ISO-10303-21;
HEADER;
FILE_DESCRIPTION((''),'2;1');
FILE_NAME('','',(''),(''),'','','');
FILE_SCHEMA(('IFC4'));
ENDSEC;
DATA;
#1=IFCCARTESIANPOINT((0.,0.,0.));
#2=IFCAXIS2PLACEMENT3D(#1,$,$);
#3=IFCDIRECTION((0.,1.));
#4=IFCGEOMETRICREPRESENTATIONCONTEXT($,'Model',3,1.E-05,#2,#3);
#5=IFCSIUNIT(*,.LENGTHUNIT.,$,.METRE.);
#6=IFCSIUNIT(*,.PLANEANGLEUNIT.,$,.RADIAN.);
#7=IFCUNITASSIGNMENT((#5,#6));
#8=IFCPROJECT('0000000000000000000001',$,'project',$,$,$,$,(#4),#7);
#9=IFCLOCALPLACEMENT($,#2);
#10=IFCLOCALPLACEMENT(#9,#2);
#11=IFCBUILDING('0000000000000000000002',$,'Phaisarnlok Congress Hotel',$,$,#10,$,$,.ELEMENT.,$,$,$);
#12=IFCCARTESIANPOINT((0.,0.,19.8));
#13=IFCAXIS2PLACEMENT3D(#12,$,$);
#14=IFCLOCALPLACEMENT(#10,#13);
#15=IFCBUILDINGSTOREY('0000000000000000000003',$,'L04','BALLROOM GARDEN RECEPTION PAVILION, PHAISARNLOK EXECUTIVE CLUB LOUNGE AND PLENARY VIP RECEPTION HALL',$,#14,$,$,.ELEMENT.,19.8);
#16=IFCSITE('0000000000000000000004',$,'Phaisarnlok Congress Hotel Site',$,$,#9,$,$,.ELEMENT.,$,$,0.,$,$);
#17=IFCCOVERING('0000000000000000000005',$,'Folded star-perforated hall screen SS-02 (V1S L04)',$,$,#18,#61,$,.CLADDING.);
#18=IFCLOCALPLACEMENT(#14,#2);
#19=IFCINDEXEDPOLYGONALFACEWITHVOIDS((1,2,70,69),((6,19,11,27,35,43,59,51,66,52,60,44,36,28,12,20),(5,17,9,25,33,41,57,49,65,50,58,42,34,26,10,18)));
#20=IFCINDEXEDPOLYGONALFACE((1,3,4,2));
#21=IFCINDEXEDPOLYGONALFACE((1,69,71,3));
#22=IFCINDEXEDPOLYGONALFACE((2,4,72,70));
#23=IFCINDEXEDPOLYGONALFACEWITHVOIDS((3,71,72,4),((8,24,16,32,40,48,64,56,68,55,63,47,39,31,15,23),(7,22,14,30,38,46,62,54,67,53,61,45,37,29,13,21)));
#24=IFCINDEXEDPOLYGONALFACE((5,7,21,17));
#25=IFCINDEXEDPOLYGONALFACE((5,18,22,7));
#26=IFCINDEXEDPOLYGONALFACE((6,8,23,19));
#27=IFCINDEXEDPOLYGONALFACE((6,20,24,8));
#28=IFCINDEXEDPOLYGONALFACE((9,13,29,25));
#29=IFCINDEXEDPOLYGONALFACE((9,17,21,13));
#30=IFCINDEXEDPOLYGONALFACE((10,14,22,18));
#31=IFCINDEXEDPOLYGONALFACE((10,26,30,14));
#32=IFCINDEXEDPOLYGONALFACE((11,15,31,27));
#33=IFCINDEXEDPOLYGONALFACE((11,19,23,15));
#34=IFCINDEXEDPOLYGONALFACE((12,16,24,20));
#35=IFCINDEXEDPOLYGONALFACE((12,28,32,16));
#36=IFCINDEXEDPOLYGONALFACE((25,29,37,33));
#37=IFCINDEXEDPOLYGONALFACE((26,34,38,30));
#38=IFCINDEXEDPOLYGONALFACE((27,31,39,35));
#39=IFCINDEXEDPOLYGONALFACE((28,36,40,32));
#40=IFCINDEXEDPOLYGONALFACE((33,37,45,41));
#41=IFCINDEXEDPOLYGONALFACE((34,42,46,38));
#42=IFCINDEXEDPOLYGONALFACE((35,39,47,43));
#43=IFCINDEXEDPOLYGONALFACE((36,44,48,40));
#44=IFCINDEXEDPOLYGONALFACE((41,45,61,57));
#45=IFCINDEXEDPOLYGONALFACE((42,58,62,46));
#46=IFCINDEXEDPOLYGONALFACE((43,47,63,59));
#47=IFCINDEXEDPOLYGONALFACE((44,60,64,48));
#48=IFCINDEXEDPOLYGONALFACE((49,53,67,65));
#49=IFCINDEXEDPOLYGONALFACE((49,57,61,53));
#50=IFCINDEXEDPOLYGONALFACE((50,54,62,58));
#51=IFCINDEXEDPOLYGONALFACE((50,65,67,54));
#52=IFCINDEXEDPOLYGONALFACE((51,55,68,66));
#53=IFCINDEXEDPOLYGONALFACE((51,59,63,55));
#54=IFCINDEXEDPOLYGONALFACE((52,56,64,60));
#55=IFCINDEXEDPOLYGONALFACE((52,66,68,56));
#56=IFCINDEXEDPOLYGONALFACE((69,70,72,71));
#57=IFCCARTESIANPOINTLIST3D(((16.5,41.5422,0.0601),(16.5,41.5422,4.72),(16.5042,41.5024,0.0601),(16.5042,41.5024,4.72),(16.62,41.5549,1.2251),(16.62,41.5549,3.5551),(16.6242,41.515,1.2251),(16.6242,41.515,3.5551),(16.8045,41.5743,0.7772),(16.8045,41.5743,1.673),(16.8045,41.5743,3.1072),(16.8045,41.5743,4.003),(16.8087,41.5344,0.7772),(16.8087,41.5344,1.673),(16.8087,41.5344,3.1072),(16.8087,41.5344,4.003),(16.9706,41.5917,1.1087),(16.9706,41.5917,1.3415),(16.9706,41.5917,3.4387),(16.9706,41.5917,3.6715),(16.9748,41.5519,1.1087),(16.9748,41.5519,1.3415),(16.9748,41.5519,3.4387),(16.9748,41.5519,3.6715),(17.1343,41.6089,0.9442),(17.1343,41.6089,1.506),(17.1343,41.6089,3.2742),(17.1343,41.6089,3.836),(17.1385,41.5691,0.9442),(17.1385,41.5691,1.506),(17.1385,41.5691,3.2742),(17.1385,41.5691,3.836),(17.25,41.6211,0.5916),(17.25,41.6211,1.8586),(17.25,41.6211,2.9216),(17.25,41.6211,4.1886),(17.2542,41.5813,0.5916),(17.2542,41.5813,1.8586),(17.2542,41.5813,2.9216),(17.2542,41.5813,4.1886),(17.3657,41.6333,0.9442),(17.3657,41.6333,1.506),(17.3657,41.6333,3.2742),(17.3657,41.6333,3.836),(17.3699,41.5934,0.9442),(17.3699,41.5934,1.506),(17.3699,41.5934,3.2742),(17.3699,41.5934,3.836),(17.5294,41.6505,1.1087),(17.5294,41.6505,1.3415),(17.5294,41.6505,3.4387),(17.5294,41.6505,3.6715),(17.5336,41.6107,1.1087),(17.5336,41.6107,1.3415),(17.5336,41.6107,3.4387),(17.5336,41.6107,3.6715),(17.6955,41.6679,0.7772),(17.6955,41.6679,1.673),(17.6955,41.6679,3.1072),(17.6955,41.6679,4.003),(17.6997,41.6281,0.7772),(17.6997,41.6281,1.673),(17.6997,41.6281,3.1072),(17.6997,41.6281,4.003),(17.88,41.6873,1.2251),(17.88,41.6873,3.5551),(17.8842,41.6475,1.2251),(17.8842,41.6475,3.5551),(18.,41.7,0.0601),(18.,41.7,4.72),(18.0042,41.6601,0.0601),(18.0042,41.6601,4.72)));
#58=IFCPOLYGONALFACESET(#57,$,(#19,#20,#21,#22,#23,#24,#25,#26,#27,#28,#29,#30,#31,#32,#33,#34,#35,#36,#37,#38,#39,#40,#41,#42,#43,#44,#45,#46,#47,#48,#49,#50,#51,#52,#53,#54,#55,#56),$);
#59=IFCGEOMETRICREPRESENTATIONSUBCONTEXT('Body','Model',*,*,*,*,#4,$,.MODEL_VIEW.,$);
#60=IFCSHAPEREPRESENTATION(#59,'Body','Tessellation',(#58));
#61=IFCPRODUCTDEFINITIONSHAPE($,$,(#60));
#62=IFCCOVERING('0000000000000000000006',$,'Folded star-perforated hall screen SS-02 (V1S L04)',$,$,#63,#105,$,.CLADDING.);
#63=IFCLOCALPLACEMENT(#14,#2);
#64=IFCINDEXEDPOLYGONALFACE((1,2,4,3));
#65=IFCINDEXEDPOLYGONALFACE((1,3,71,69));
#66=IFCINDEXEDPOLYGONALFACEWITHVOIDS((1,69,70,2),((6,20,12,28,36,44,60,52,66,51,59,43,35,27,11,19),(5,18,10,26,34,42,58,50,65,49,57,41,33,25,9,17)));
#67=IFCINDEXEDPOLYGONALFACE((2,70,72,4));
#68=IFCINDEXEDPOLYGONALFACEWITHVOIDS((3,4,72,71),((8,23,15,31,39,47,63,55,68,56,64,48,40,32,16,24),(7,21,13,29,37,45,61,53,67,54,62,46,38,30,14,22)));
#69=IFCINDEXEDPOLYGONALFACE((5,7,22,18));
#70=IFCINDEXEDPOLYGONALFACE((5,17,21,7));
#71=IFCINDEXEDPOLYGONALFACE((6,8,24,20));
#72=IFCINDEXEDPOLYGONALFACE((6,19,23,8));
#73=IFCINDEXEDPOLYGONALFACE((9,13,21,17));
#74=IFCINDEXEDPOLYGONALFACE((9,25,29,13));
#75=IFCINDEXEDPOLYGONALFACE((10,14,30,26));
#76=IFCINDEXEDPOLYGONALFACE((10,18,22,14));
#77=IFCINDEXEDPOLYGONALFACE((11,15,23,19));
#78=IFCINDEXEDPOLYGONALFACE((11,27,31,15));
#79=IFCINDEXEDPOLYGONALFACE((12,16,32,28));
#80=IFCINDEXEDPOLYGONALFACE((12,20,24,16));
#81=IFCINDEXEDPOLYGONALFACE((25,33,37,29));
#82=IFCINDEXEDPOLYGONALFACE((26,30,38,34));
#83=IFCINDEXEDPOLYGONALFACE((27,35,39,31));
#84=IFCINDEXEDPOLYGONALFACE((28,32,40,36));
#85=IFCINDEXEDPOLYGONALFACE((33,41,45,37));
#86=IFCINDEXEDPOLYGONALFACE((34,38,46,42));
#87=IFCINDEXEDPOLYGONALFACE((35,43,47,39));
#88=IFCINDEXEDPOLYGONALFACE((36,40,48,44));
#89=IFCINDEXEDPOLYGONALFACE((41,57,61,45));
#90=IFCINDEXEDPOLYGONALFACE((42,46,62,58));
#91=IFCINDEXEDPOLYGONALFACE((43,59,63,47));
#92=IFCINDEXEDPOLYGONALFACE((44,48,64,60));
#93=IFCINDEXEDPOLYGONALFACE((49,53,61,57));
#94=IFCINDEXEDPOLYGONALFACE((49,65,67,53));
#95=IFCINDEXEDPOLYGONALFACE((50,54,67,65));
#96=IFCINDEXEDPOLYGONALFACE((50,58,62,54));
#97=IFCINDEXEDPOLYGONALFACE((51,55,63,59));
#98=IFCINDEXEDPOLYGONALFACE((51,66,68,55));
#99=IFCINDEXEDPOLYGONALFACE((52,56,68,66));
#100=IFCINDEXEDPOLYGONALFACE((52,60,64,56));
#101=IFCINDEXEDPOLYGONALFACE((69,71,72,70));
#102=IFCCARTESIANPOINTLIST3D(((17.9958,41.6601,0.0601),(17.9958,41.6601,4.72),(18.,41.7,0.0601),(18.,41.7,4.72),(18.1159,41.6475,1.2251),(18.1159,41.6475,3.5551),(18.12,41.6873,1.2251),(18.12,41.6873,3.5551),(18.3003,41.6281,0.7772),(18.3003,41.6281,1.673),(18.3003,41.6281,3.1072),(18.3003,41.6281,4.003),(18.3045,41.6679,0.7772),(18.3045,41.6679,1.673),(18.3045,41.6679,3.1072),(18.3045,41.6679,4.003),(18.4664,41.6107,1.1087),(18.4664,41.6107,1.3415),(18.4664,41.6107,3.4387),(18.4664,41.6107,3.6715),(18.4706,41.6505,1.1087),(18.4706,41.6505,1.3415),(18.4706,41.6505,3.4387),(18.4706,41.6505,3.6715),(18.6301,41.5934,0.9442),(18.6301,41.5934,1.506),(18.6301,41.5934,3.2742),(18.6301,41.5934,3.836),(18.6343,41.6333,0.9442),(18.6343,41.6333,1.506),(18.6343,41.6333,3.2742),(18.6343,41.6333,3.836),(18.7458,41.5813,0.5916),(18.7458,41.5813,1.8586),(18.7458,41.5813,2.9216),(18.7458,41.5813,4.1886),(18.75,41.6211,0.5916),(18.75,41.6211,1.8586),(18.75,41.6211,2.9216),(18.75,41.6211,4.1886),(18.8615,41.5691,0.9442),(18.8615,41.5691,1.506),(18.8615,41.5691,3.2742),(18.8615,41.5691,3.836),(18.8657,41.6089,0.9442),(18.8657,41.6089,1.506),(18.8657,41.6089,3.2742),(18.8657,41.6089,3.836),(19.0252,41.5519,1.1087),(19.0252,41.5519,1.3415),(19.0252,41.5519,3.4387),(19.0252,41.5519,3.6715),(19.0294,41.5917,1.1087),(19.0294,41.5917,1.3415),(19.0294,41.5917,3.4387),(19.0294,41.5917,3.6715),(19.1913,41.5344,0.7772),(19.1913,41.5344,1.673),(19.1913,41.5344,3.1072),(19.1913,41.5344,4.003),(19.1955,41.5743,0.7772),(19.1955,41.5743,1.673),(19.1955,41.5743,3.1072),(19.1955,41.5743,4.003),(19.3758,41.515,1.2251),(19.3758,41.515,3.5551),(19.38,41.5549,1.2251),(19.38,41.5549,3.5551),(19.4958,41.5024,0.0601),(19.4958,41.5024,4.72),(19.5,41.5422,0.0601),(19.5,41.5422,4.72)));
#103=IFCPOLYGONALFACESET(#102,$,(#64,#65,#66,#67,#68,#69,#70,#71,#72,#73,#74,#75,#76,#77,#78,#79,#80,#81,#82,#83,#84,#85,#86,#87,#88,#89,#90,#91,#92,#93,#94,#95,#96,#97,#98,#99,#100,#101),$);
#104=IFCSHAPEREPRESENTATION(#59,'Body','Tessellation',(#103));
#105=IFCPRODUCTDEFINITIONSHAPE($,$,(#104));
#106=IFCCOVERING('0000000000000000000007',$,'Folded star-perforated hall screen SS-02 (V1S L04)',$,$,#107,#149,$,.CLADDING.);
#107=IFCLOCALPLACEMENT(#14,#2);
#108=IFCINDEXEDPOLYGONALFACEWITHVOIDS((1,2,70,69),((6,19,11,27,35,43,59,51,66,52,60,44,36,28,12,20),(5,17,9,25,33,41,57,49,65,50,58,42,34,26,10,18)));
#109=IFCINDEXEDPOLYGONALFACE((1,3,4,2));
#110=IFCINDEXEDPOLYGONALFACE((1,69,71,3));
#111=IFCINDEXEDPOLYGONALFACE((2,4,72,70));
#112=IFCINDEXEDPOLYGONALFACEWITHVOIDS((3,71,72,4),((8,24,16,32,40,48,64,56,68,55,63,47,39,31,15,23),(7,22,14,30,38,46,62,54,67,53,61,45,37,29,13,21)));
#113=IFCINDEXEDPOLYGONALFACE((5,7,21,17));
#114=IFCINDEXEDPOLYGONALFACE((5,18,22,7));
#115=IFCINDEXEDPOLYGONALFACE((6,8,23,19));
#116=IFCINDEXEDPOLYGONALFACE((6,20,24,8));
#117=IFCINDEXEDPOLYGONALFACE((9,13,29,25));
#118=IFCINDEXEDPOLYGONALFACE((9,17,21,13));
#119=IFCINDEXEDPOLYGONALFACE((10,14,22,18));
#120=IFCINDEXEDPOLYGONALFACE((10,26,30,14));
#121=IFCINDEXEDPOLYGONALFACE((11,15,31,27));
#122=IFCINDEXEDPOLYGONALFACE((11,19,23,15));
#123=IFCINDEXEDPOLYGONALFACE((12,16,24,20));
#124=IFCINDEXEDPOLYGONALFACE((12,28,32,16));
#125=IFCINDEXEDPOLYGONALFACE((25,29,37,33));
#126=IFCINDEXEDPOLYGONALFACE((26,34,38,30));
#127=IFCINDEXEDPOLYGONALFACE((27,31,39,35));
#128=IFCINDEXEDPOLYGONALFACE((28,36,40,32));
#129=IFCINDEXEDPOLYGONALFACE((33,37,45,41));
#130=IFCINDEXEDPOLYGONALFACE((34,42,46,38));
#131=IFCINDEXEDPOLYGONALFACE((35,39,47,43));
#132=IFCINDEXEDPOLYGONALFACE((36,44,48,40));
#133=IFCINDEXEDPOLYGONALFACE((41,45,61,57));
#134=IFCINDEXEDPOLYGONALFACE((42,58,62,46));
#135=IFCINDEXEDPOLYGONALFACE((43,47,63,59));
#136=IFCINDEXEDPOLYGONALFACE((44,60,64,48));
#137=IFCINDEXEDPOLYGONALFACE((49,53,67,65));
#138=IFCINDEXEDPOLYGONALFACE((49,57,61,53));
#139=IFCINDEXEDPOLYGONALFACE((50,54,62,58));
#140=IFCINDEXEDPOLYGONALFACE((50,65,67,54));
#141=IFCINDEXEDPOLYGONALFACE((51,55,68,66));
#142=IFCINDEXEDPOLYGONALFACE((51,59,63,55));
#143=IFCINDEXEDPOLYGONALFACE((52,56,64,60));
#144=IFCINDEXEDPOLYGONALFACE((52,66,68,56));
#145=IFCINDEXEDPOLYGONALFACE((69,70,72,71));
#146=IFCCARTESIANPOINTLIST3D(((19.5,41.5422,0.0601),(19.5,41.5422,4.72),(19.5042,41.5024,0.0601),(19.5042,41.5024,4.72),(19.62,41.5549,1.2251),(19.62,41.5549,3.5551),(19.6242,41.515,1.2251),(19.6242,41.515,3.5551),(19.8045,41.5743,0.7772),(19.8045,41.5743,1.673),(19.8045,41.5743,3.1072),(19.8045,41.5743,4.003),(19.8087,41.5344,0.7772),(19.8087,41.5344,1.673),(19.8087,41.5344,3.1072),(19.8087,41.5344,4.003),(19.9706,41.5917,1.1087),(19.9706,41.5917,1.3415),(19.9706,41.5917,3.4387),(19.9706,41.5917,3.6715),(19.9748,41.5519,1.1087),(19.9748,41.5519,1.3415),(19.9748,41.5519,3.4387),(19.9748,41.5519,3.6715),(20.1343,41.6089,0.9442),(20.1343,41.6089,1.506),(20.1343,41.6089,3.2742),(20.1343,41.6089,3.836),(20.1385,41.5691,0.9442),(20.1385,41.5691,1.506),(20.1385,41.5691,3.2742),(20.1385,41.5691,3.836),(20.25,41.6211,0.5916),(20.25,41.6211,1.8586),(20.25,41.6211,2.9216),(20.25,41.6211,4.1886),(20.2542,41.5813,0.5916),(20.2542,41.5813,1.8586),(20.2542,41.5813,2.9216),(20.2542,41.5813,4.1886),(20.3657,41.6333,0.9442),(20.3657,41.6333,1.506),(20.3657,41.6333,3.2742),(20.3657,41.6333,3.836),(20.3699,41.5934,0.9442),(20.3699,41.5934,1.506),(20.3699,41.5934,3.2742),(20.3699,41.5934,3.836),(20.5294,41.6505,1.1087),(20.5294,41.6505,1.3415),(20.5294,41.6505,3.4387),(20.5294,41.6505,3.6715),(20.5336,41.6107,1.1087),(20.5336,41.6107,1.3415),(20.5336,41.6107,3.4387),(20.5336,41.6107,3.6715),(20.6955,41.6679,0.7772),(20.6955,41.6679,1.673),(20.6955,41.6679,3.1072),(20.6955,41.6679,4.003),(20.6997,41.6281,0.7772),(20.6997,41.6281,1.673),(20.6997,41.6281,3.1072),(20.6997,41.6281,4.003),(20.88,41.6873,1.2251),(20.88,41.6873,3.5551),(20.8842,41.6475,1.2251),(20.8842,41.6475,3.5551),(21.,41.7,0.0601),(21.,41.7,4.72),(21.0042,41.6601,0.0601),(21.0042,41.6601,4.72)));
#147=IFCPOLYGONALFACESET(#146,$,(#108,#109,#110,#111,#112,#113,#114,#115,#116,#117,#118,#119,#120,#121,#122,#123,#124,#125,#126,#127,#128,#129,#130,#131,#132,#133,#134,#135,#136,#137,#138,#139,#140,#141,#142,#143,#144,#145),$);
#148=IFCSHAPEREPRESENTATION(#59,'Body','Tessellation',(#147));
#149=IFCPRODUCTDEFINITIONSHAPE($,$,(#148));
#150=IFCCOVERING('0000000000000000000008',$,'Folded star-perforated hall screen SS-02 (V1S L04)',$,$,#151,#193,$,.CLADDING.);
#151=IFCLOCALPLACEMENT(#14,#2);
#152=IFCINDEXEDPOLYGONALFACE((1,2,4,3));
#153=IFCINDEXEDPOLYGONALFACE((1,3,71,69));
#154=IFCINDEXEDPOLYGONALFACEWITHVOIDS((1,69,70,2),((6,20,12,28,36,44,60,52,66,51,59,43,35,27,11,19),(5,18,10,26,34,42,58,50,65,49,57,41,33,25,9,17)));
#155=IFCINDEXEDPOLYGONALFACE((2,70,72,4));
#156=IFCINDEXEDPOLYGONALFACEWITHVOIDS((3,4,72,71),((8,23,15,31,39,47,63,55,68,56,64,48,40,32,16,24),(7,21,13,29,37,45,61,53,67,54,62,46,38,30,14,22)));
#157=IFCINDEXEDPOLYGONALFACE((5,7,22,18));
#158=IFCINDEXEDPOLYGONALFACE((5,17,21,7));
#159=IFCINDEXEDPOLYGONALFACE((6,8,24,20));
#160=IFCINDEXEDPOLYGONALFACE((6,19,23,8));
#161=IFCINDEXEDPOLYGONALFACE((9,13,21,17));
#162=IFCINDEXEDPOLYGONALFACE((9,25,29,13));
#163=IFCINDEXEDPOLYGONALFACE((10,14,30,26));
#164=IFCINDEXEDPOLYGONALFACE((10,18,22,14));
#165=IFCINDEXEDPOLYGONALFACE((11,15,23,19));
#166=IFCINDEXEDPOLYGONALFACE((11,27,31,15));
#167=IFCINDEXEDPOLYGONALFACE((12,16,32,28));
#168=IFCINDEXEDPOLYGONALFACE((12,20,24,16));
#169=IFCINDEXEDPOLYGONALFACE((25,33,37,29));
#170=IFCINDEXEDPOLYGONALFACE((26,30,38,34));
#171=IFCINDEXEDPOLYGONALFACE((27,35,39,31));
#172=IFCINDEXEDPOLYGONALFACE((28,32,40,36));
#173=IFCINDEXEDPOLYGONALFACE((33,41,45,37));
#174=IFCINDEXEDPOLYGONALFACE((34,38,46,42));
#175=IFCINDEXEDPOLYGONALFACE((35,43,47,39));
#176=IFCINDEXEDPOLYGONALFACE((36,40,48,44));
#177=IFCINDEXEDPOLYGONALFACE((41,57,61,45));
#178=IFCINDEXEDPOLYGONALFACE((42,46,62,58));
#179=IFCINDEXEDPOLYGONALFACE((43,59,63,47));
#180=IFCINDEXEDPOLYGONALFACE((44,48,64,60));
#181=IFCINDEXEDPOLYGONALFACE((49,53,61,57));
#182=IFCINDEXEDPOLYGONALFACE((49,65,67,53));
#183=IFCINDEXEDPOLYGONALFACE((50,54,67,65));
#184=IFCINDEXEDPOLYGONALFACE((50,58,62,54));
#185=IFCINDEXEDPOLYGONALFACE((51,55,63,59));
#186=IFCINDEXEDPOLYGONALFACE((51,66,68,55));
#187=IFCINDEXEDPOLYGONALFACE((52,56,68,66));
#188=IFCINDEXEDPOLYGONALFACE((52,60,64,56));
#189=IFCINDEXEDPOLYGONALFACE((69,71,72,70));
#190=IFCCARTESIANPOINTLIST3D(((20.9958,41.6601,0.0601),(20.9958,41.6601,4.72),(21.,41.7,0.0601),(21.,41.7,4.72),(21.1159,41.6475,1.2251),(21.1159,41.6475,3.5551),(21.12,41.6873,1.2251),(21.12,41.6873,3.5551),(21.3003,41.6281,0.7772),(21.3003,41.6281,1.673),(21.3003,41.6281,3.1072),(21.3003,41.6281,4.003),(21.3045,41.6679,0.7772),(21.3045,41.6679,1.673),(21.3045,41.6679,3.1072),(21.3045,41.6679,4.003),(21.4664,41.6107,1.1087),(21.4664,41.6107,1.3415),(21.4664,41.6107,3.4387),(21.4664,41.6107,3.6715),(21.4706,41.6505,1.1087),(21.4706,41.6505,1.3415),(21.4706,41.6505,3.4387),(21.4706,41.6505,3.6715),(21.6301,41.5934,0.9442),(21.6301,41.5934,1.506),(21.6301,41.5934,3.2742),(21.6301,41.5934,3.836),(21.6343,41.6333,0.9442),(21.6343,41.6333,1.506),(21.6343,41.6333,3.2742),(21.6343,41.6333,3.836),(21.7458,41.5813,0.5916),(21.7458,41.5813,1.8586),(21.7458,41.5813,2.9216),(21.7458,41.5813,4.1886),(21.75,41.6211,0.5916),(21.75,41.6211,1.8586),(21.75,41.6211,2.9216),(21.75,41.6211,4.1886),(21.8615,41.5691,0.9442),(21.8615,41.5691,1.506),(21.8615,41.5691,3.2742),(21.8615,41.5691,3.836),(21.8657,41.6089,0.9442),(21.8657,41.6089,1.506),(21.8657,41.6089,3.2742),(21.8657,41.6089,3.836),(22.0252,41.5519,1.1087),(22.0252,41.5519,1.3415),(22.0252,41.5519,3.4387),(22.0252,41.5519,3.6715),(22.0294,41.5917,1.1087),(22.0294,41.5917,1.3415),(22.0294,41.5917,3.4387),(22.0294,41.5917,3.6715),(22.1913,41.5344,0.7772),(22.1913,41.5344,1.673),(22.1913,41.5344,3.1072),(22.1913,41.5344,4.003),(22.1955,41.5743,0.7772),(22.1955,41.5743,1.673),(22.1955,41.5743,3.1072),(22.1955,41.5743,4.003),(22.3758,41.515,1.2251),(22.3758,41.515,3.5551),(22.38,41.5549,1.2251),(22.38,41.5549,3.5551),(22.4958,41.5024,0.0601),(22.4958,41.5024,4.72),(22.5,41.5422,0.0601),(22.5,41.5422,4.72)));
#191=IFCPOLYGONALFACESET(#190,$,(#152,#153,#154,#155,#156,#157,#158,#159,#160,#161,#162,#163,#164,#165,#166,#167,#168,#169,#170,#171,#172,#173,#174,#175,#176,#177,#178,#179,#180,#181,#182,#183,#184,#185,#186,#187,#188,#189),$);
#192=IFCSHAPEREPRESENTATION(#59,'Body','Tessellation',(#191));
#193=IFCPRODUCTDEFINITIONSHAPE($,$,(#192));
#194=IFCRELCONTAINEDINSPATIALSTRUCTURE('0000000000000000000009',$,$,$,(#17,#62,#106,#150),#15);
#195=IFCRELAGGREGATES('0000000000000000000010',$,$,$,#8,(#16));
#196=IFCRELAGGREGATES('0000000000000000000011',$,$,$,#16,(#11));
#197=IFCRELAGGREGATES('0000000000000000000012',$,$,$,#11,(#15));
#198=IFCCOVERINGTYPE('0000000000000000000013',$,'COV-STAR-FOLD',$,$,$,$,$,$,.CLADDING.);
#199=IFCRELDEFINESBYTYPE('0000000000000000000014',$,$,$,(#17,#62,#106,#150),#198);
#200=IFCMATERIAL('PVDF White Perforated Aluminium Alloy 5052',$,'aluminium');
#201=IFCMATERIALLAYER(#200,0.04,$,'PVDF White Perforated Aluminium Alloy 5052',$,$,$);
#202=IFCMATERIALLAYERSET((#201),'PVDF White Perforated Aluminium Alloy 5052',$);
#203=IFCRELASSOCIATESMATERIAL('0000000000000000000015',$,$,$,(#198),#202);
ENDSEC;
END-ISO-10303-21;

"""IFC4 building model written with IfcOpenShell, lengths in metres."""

from ifc_helpers import new_model, si_unit, direction, frame, origin, place, context, subcontext, project, spatial, polyline, outline, extrude, material, layer, layer_set, type_object, element, save


model = new_model("IFC4")

# Units and contexts
model_context = context("Model", 3, precision=1e-05, world=origin(), true_north=direction((0.0, 1.0)))
body_context = subcontext(model_context, "Body", "Model", "MODEL_VIEW")
ifc_project = project(units=[si_unit("LENGTHUNIT", "METRE"), si_unit("PLANEANGLEUNIT", "RADIAN")], contexts=[model_context])

# Site, building, storey
site_placement = place(None, origin())
site = spatial("IfcSite", under=ifc_project, at=site_placement, Name="Phaisarnlok Congress Hotel Site", CompositionType="ELEMENT", RefElevation=0.0)
building_placement = place(site_placement, origin())
building = spatial("IfcBuilding", under=site, at=building_placement, Name="Phaisarnlok Congress Hotel", CompositionType="ELEMENT")
storey_placement = place(building_placement, frame((0.0, 0.0, 19.8)))
storey = spatial("IfcBuildingStorey", under=building, at=storey_placement, Name="L04", Description="BALLROOM GARDEN RECEPTION PAVILION, PHAISARNLOK EXECUTIVE CLUB LOUNGE AND PLENARY VIP RECEPTION HALL", CompositionType="ELEMENT", Elevation=19.8)

# Coverings
ifc_material_1 = material(Name="PVDF White Perforated Aluminium Alloy 5052", Category="aluminium")
ifc_layer_1 = layer(ifc_material_1, 0.04, Name="PVDF White Perforated Aluminium Alloy 5052")
ifc_layer_set_1 = layer_set([ifc_layer_1], Name="PVDF White Perforated Aluminium Alloy 5052")
covering_type_1 = type_object("IfcCoveringType", Name="COV-STAR-FOLD", PredefinedType="CLADDING", material=ifc_layer_set_1)
for number, where, z_axis, x_axis, name in (
    (1, (16.5, 41.5422, 0.0601), (0.104567, -0.994518, 0.0), (0.994518, 0.104567, 0.0), "Folded star-perforated hall screen SS-02 (V1S L04)"),
    (2, (18.0, 41.7, 0.0601), (-0.104567, -0.994518, 0.0), (0.994518, -0.104567, 0.0), "Folded star-perforated hall screen SS-02 (V1S L04)"),
    (3, (19.5, 41.5422, 0.0601), (0.104567, -0.994518, 0.0), (0.994518, 0.104567, 0.0), "Folded star-perforated hall screen SS-02 (V1S L04)"),
    (4, (21.0, 41.7, 0.0601), (-0.104567, -0.994518, 0.0), (0.994518, -0.104567, 0.0), "Folded star-perforated hall screen SS-02 (V1S L04)"),
):
    element("IfcCovering", number, at=place(storey_placement, frame(where, z_axis=z_axis, x_axis=x_axis)), inside=storey, type_object=covering_type_1, Name=name, PredefinedType="CLADDING", context=body_context, shape_type="SweptSolid", body=[
        extrude(outline(polyline([(0.0, 0.0), (1.5083, 0.0), (1.5083, 4.6599), (0.0, 4.6599), (0.0, 0.0)]), holes=[polyline([(1.0351, 1.0486), (1.2021, 0.7171), (0.8705, 0.8841), (0.7541, 0.5315), (0.6378, 0.8841), (0.3062, 0.7171), (0.4732, 1.0486), (0.1207, 1.165), (0.4732, 1.2814), (0.3062, 1.6129), (0.6378, 1.4459), (0.7541, 1.7985), (0.8705, 1.4459), (1.2021, 1.6129), (1.0351, 1.2814), (1.3876, 1.165), (1.0351, 1.0486)]), polyline([(1.0351, 3.3786), (1.2021, 3.0471), (0.8705, 3.2141), (0.7541, 2.8615), (0.6378, 3.2141), (0.3062, 3.0471), (0.4732, 3.3786), (0.1207, 3.495), (0.4732, 3.6114), (0.3062, 3.9429), (0.6378, 3.7759), (0.7541, 4.1285), (0.8705, 3.7759), (1.2021, 3.9429), (1.0351, 3.6114), (1.3876, 3.495), (1.0351, 3.3786)])]), origin(), (0.0, 0.0, 1.0), 0.04),
    ])

save(model, "model.ifc")
